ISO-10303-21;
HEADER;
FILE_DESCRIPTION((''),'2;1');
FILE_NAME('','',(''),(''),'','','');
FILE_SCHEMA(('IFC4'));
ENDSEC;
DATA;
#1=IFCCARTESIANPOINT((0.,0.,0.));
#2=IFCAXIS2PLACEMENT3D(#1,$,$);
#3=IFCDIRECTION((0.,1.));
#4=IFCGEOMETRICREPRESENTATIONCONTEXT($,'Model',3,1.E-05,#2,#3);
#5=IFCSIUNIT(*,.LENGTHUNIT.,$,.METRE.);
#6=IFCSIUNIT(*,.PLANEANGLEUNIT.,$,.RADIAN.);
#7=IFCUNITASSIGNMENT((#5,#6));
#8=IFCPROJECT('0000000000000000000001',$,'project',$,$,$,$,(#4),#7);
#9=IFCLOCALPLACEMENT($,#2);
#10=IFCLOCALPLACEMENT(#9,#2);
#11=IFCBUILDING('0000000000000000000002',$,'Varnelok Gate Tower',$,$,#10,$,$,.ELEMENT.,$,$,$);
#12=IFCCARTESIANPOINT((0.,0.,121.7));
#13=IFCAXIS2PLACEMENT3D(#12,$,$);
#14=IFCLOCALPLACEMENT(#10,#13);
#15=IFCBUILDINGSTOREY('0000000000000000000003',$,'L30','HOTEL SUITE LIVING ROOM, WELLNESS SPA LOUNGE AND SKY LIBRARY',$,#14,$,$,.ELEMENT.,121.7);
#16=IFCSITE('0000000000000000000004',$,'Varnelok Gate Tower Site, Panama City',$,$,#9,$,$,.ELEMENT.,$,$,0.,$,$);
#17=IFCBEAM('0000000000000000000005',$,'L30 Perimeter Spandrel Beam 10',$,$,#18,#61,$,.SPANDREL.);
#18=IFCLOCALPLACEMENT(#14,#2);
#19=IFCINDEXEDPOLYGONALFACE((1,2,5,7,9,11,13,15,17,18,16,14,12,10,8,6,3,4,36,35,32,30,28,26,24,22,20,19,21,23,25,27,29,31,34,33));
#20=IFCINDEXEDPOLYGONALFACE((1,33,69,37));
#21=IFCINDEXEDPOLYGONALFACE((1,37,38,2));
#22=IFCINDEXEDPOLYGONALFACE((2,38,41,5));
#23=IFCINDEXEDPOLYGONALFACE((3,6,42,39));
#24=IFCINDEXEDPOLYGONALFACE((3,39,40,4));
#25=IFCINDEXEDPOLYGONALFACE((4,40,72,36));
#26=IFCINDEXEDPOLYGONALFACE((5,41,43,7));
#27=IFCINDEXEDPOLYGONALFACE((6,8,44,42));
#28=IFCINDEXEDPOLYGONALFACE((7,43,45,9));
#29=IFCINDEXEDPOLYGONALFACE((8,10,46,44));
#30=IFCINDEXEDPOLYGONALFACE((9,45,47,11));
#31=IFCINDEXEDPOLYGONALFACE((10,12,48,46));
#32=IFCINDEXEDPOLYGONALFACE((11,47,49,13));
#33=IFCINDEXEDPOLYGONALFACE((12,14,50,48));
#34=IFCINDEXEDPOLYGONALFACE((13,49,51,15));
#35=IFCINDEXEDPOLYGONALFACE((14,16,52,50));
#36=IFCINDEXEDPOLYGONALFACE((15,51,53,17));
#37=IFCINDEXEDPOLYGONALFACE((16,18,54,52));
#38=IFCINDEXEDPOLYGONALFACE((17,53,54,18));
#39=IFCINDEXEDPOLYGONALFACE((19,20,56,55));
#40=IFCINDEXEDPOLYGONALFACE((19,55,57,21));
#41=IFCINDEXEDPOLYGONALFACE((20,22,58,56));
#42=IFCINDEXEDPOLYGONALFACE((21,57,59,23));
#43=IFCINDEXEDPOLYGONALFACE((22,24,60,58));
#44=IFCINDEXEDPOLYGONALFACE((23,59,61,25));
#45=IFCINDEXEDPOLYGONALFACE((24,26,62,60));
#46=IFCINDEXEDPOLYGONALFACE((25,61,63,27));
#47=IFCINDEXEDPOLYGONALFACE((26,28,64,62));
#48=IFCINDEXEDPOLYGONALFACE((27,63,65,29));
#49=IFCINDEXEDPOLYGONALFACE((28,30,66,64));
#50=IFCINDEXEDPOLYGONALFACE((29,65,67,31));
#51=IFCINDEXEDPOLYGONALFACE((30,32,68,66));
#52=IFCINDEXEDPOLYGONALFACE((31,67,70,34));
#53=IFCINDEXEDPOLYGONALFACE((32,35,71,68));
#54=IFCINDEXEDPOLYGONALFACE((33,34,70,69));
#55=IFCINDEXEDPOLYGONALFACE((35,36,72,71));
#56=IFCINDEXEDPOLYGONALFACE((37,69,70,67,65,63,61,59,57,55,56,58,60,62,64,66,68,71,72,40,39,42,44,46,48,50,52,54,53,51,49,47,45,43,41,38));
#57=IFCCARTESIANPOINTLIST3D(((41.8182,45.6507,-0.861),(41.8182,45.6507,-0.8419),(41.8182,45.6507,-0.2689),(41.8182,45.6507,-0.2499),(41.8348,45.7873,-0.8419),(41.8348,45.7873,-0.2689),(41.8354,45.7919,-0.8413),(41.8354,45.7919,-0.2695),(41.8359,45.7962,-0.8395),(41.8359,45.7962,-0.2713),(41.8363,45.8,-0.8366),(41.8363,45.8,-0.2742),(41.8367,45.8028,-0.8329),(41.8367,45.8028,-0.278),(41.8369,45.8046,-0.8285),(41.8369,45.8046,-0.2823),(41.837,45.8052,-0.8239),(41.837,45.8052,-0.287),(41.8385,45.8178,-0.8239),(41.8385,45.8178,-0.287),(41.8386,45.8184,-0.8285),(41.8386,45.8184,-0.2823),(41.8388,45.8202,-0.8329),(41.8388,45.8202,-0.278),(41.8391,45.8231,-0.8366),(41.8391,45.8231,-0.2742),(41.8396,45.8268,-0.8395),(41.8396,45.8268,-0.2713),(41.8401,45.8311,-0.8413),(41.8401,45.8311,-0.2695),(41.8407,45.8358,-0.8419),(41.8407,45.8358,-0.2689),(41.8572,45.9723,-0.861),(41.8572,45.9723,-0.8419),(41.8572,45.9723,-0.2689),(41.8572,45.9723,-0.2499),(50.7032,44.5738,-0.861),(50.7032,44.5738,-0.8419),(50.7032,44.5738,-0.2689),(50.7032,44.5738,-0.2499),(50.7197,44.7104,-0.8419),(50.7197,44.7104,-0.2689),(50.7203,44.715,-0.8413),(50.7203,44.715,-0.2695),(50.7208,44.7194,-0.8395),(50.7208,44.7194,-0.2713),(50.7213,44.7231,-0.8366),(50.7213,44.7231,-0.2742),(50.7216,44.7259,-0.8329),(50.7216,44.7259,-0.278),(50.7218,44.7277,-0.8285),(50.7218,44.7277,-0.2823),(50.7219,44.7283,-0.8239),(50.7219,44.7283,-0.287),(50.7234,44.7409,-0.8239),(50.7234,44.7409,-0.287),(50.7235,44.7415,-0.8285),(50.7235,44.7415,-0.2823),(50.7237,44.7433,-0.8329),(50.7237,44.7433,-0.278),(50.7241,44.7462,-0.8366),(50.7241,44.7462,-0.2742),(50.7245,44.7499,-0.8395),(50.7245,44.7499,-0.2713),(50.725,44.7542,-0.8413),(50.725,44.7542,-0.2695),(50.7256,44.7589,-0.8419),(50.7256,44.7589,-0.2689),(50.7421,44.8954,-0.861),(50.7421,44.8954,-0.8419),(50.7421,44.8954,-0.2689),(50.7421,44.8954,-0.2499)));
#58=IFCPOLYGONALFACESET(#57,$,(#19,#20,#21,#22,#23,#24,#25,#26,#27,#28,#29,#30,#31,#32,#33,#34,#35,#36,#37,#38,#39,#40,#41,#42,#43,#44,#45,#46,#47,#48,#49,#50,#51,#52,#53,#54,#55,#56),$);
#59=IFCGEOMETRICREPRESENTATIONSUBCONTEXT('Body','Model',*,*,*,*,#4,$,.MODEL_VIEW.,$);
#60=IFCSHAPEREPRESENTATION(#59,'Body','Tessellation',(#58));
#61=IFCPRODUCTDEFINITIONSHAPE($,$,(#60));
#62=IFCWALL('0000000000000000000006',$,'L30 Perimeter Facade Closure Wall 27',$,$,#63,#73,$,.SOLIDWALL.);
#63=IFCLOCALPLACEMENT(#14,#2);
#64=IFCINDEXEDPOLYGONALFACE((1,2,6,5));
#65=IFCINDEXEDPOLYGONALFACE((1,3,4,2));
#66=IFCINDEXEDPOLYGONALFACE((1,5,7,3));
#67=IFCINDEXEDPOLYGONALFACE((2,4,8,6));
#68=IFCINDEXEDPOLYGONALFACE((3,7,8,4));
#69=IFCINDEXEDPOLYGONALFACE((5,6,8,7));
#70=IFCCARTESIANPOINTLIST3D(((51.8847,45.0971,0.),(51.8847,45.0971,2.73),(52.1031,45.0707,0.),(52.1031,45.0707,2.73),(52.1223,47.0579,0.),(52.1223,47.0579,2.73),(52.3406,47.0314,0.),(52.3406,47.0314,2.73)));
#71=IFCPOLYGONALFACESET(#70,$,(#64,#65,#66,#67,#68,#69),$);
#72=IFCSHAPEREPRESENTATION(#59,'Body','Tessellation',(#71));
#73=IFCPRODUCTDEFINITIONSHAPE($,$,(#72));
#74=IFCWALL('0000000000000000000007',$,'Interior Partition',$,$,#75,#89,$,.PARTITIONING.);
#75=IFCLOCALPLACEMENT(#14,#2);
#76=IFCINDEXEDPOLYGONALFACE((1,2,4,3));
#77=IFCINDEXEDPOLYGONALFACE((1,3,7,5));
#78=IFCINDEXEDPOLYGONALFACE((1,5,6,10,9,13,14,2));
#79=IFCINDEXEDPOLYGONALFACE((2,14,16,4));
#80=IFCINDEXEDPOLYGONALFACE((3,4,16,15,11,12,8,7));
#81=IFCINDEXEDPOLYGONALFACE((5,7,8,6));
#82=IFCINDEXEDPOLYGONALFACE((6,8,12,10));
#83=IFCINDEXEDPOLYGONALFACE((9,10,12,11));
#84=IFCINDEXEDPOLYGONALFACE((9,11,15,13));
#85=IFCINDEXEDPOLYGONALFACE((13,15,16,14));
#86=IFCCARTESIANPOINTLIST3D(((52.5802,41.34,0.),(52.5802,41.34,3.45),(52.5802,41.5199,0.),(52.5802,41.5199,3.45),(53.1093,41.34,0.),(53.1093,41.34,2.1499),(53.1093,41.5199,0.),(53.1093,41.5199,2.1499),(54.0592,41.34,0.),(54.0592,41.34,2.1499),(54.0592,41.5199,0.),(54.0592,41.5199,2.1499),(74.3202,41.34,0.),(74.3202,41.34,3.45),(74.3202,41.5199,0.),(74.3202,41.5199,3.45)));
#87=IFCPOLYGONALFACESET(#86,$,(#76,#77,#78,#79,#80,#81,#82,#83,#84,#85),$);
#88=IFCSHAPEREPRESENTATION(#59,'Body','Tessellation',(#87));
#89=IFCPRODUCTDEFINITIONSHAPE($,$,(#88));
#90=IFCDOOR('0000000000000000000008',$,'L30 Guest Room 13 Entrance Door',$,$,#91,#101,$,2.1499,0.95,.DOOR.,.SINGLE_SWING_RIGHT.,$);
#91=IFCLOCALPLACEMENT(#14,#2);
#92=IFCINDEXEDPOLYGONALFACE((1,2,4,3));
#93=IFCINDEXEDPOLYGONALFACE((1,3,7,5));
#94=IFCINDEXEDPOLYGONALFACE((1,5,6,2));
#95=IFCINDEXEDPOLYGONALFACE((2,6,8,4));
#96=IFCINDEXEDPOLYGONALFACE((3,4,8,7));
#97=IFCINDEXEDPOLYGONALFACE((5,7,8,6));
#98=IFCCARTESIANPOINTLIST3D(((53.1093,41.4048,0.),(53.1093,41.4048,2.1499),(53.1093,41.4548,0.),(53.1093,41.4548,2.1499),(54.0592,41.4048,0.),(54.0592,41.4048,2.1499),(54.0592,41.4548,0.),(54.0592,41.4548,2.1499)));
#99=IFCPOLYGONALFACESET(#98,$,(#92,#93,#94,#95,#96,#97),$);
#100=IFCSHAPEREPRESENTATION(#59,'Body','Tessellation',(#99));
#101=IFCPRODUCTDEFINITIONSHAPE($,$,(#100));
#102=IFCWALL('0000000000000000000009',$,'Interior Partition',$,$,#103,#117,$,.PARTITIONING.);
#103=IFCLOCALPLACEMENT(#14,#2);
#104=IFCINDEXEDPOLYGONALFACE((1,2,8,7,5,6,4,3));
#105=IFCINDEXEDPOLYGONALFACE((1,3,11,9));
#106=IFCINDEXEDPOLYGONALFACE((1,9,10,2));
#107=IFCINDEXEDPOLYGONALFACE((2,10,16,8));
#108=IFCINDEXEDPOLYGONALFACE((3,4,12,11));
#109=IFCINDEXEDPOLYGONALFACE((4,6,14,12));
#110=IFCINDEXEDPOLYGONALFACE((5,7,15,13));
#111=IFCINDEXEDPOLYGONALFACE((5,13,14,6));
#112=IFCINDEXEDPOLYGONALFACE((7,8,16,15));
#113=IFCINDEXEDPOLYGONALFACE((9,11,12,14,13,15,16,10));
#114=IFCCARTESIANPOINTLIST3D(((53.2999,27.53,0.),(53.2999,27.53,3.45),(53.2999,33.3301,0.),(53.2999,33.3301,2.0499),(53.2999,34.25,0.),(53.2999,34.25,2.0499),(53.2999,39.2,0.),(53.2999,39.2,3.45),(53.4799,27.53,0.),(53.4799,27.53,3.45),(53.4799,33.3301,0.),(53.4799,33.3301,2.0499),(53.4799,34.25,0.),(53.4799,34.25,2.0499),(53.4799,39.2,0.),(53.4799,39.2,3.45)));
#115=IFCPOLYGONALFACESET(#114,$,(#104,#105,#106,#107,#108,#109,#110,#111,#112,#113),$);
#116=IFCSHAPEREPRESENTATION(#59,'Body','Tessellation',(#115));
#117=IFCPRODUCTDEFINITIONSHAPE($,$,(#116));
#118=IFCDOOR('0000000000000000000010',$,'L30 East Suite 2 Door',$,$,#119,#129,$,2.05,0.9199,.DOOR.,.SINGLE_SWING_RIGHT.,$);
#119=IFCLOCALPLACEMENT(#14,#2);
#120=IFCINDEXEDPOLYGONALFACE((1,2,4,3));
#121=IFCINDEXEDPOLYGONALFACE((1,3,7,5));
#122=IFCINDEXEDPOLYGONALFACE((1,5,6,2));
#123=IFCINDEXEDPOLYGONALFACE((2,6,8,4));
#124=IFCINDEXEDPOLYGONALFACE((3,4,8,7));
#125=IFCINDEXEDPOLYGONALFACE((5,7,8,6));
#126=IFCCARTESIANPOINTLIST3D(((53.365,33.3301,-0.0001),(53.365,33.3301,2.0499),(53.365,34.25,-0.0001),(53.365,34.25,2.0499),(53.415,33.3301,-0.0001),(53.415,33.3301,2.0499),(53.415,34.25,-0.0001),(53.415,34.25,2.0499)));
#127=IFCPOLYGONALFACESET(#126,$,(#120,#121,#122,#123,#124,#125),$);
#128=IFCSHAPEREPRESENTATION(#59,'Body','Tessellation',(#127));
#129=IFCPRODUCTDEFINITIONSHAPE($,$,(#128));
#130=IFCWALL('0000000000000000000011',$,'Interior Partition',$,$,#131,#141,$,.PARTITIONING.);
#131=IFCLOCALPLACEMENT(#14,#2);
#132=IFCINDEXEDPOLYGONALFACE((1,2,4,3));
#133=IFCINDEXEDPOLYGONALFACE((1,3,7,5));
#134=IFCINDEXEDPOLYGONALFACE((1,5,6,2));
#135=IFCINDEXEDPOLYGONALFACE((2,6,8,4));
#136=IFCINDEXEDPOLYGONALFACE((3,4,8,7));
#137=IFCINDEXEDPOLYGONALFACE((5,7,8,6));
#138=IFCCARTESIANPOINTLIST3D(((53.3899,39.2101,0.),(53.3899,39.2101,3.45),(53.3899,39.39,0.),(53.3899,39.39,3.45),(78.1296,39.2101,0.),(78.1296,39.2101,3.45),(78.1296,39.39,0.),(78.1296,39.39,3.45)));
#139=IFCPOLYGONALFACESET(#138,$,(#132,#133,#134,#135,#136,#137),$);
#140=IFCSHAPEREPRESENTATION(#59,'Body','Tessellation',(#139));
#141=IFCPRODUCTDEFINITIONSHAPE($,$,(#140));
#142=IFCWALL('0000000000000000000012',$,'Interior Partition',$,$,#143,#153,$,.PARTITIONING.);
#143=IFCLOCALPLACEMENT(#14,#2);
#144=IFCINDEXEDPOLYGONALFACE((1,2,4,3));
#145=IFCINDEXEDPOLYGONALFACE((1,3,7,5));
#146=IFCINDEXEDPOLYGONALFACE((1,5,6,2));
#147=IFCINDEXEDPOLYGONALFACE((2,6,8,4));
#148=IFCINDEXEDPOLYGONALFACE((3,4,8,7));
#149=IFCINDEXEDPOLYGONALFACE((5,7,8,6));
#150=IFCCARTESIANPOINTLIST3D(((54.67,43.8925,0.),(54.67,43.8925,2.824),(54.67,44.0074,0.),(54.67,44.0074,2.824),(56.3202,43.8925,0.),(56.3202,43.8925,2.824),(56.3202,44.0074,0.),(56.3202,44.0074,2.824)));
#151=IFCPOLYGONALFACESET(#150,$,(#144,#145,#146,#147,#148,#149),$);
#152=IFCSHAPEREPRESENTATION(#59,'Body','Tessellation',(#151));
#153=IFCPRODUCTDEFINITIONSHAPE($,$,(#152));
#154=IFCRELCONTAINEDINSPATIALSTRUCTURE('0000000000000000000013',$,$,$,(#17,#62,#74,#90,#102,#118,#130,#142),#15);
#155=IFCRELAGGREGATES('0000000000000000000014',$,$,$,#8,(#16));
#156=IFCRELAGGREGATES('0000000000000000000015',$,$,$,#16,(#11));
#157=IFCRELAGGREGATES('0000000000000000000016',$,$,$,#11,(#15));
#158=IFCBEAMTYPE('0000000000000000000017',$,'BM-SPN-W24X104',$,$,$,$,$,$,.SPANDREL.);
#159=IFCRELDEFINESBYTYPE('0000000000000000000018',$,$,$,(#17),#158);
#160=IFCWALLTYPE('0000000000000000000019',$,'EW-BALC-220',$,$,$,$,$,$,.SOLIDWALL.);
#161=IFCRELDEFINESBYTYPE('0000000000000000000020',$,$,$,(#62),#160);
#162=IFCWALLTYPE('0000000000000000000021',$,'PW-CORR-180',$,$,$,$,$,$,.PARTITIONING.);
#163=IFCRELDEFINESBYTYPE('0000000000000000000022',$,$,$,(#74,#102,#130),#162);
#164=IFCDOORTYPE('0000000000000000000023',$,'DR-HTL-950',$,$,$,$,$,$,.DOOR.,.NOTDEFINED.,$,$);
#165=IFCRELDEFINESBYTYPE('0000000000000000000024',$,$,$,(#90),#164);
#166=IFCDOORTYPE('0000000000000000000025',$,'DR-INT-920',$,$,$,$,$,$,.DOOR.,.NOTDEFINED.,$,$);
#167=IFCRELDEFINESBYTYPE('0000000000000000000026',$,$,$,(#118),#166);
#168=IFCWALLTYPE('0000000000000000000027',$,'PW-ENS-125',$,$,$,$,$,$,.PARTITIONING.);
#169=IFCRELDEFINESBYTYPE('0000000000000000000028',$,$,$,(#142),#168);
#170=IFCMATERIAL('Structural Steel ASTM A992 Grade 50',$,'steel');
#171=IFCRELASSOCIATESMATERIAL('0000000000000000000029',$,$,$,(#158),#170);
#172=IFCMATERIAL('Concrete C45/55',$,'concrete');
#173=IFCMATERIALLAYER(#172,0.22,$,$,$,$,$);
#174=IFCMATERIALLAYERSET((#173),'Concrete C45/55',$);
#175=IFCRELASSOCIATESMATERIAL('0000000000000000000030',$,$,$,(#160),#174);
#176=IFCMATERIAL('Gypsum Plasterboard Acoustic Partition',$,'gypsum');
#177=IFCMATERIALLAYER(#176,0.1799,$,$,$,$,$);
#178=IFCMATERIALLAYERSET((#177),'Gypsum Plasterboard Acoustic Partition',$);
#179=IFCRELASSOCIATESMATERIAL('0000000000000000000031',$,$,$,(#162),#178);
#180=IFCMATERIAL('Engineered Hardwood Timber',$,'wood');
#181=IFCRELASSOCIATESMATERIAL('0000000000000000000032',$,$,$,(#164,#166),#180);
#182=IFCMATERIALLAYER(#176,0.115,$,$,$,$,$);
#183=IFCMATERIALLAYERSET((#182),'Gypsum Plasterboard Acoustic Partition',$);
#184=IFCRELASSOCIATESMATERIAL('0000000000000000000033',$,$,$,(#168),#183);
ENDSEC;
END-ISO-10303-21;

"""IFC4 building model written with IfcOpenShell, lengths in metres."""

from ifc_helpers import new_model, si_unit, direction, frame, frame_2d, origin, origin_2d, place, context, subcontext, project, spatial, rectangle, i_section, extrude, material, layer, layer_set, material_profile, profile_set, type_object, element, fill, save


model = new_model("IFC4")

# Units and contexts
model_context = context("Model", 3, precision=1e-05, world=origin(), true_north=direction((0.0, 1.0)))
body_context = subcontext(model_context, "Body", "Model", "MODEL_VIEW")
ifc_project = project(units=[si_unit("LENGTHUNIT", "METRE"), si_unit("PLANEANGLEUNIT", "RADIAN")], contexts=[model_context])

# Site, building, storey
site_placement = place(None, origin())
site = spatial("IfcSite", under=ifc_project, at=site_placement, Name="Varnelok Gate Tower Site, Panama City", CompositionType="ELEMENT", RefElevation=0.0)
building_placement = place(site_placement, origin())
building = spatial("IfcBuilding", under=site, at=building_placement, Name="Varnelok Gate Tower", CompositionType="ELEMENT")
storey_placement = place(building_placement, frame((0.0, 0.0, 121.7)))
storey = spatial("IfcBuildingStorey", under=building, at=storey_placement, Name="L30", Description="HOTEL SUITE LIVING ROOM, WELLNESS SPA LOUNGE AND SKY LIBRARY", CompositionType="ELEMENT", Elevation=121.7)

# Shared definitions
ifc_material_1 = material(Name="Structural Steel ASTM A992 Grade 50", Category="steel")

# Beam
ifc_material_profile_1 = material_profile(ifc_material_1, i_section(OverallWidth=0.324, OverallDepth=0.6111, WebThickness=0.0127, FlangeThickness=0.019, FilletRadius=0.0181, at=origin_2d()), Name="W24X104")
ifc_profile_set_1 = profile_set([ifc_material_profile_1], Name="Structural Steel ASTM A992 Grade 50")
beam_type_1 = type_object("IfcBeamType", Name="BM-SPN-W24X104", PredefinedType="SPANDREL", material=ifc_profile_set_1)
beam_1_placement = place(storey_placement, frame((50.7227, 44.7346, -0.5554), z_axis=(-0.992735, 0.120324, 0.0), x_axis=(-0.120324, -0.992735, 0.0)))
element("IfcBeam", 1, at=beam_1_placement, inside=storey, type_object=beam_type_1, Name="L30 Perimeter Spandrel Beam 10", PredefinedType="SPANDREL", context=body_context, shape_type="SweptSolid", body=[
    extrude(i_section(OverallWidth=0.324, OverallDepth=0.6111, WebThickness=0.0127, FlangeThickness=0.019, FilletRadius=0.0181, at=origin_2d()), origin(), (0.0, 0.0, 1.0), 8.95),
])

# Wall
ifc_material_2 = material(Name="Concrete C45/55", Category="concrete")
ifc_layer_1 = layer(ifc_material_2, 0.22)
ifc_layer_set_1 = layer_set([ifc_layer_1], Name="Concrete C45/55")
wall_type_1 = type_object("IfcWallType", Name="EW-BALC-220", PredefinedType="SOLIDWALL", material=ifc_layer_set_1)
wall_1_placement = place(storey_placement, frame((52.2314, 47.0447, 0.0), z_axis=(0.0, 0.0, 1.0), x_axis=(-0.120276, -0.99274, 0.0)))
element("IfcWall", 2, at=wall_1_placement, inside=storey, type_object=wall_type_1, Name="L30 Perimeter Facade Closure Wall 27", PredefinedType="SOLIDWALL", context=body_context, shape_type="SweptSolid", body=[
    extrude(rectangle(XDim=1.9751, YDim=0.22, at=frame_2d((0.9875, 0.0))), origin(), (0.0, 0.0, 1.0), 2.73),
])

# Walls, openings, doors
ifc_material_3 = material(Name="Gypsum Plasterboard Acoustic Partition", Category="gypsum")
ifc_layer_2 = layer(ifc_material_3, 0.1799)
ifc_layer_set_2 = layer_set([ifc_layer_2], Name="Gypsum Plasterboard Acoustic Partition")
wall_type_2 = type_object("IfcWallType", Name="PW-CORR-180", PredefinedType="PARTITIONING", material=ifc_layer_set_2)
wall_2_placement = place(storey_placement, frame((52.5801, 41.4299, 0.0), z_axis=(0.0, 0.0, 1.0), x_axis=(1.0, 0.0, 0.0)))
wall_2 = element("IfcWall", 3, at=wall_2_placement, inside=storey, type_object=wall_type_2, Name="Interior Partition", PredefinedType="PARTITIONING", context=body_context, shape_type="SweptSolid", body=[
    extrude(rectangle(XDim=21.74, YDim=0.1799, at=frame_2d((10.8701, 0.0))), origin(), (0.0, 0.0, 1.0), 3.45),
])
opening_1_placement = place(wall_2_placement, frame((0.5291, 0.0, 0.0)))
opening_1 = element("IfcOpeningElement", 4, at=opening_1_placement, cuts=wall_2, PredefinedType="OPENING", context=body_context, shape_type="SweptSolid", body=[
    extrude(rectangle(XDim=0.95, YDim=2.1499, at=frame_2d((0.4751, 1.075))), frame((0.0, 0.0999, 0.0), z_axis=(0.0, -1.0, 0.0), x_axis=(1.0, 0.0, 0.0)), (0.0, 0.0, 1.0), 0.2),
])
ifc_material_4 = material(Name="Engineered Hardwood Timber", Category="wood")
door_type_1 = type_object("IfcDoorType", Name="DR-HTL-950", OperationType="NOTDEFINED", PredefinedType="DOOR", material=ifc_material_4)
door_1_placement = place(opening_1_placement, origin())
door_1 = element("IfcDoor", 5, at=door_1_placement, inside=storey, type_object=door_type_1, Name="L30 Guest Room 13 Entrance Door", OperationType="SINGLE_SWING_RIGHT", OverallHeight=2.1499, OverallWidth=0.95, PredefinedType="DOOR", context=body_context, shape_type="SweptSolid", body=[
    extrude(rectangle(XDim=0.95, YDim=2.1499, at=frame_2d((0.4751, 1.075))), frame((0.0, 0.0249, 0.0), z_axis=(0.0, -1.0, 0.0), x_axis=(1.0, 0.0, 0.0)), (0.0, 0.0, 1.0), 0.05),
])
fill(opening_1, door_1)
wall_3_placement = place(storey_placement, frame((53.3899, 27.53, 0.0), z_axis=(0.0, 0.0, 1.0), x_axis=(0.0, 1.0, 0.0)))
wall_3 = element("IfcWall", 6, at=wall_3_placement, inside=storey, type_object=wall_type_2, Name="Interior Partition", PredefinedType="PARTITIONING", context=body_context, shape_type="SweptSolid", body=[
    extrude(rectangle(XDim=11.6699, YDim=0.1799, at=frame_2d((5.835, 0.0))), origin(), (0.0, 0.0, 1.0), 3.45),
])
opening_2_placement = place(wall_3_placement, frame((5.8, 0.0, 0.0)))
opening_2 = element("IfcOpeningElement", 7, at=opening_2_placement, cuts=wall_3, PredefinedType="OPENING", context=body_context, shape_type="SweptSolid", body=[
    extrude(rectangle(XDim=0.9199, YDim=2.05, at=frame_2d((0.46, 1.0249))), frame((0.0, 0.0999, 0.0), z_axis=(0.0, -1.0, 0.0), x_axis=(1.0, 0.0, 0.0)), (0.0, 0.0, 1.0), 0.2),
])
door_type_2 = type_object("IfcDoorType", Name="DR-INT-920", OperationType="NOTDEFINED", PredefinedType="DOOR", material=ifc_material_4)
door_2_placement = place(opening_2_placement, origin())
door_2 = element("IfcDoor", 8, at=door_2_placement, inside=storey, type_object=door_type_2, Name="L30 East Suite 2 Door", OperationType="SINGLE_SWING_RIGHT", OverallHeight=2.05, OverallWidth=0.9199, PredefinedType="DOOR", context=body_context, shape_type="SweptSolid", body=[
    extrude(rectangle(XDim=0.9199, YDim=2.05, at=frame_2d((0.46, 1.0249))), frame((0.0, 0.0249, 0.0), z_axis=(0.0, -1.0, 0.0), x_axis=(1.0, 0.0, 0.0)), (0.0, 0.0, 1.0), 0.05),
])
fill(opening_2, door_2)

# Walls
wall_4_placement = place(storey_placement, frame((53.3899, 39.3, 0.0), z_axis=(0.0, 0.0, 1.0), x_axis=(1.0, 0.0, 0.0)))
element("IfcWall", 9, at=wall_4_placement, inside=storey, type_object=wall_type_2, Name="Interior Partition", PredefinedType="PARTITIONING", context=body_context, shape_type="SweptSolid", body=[
    extrude(rectangle(XDim=24.7397, YDim=0.1799, at=frame_2d((12.3699, 0.0))), origin(), (0.0, 0.0, 1.0), 3.45),
])
ifc_layer_3 = layer(ifc_material_3, 0.115)
ifc_layer_set_3 = layer_set([ifc_layer_3], Name="Gypsum Plasterboard Acoustic Partition")
wall_type_3 = type_object("IfcWallType", Name="PW-ENS-125", PredefinedType="PARTITIONING", material=ifc_layer_set_3)
wall_5_placement = place(storey_placement, frame((54.6699, 43.95, 0.0), z_axis=(0.0, 0.0, 1.0), x_axis=(1.0, 0.0, 0.0)))
element("IfcWall", 10, at=wall_5_placement, inside=storey, type_object=wall_type_3, Name="Interior Partition", PredefinedType="PARTITIONING", context=body_context, shape_type="SweptSolid", body=[
    extrude(rectangle(XDim=1.6501, YDim=0.115, at=frame_2d((0.8252, 0.0))), origin(), (0.0, 0.0, 1.0), 2.824),
])

save(model, "model.ifc")
